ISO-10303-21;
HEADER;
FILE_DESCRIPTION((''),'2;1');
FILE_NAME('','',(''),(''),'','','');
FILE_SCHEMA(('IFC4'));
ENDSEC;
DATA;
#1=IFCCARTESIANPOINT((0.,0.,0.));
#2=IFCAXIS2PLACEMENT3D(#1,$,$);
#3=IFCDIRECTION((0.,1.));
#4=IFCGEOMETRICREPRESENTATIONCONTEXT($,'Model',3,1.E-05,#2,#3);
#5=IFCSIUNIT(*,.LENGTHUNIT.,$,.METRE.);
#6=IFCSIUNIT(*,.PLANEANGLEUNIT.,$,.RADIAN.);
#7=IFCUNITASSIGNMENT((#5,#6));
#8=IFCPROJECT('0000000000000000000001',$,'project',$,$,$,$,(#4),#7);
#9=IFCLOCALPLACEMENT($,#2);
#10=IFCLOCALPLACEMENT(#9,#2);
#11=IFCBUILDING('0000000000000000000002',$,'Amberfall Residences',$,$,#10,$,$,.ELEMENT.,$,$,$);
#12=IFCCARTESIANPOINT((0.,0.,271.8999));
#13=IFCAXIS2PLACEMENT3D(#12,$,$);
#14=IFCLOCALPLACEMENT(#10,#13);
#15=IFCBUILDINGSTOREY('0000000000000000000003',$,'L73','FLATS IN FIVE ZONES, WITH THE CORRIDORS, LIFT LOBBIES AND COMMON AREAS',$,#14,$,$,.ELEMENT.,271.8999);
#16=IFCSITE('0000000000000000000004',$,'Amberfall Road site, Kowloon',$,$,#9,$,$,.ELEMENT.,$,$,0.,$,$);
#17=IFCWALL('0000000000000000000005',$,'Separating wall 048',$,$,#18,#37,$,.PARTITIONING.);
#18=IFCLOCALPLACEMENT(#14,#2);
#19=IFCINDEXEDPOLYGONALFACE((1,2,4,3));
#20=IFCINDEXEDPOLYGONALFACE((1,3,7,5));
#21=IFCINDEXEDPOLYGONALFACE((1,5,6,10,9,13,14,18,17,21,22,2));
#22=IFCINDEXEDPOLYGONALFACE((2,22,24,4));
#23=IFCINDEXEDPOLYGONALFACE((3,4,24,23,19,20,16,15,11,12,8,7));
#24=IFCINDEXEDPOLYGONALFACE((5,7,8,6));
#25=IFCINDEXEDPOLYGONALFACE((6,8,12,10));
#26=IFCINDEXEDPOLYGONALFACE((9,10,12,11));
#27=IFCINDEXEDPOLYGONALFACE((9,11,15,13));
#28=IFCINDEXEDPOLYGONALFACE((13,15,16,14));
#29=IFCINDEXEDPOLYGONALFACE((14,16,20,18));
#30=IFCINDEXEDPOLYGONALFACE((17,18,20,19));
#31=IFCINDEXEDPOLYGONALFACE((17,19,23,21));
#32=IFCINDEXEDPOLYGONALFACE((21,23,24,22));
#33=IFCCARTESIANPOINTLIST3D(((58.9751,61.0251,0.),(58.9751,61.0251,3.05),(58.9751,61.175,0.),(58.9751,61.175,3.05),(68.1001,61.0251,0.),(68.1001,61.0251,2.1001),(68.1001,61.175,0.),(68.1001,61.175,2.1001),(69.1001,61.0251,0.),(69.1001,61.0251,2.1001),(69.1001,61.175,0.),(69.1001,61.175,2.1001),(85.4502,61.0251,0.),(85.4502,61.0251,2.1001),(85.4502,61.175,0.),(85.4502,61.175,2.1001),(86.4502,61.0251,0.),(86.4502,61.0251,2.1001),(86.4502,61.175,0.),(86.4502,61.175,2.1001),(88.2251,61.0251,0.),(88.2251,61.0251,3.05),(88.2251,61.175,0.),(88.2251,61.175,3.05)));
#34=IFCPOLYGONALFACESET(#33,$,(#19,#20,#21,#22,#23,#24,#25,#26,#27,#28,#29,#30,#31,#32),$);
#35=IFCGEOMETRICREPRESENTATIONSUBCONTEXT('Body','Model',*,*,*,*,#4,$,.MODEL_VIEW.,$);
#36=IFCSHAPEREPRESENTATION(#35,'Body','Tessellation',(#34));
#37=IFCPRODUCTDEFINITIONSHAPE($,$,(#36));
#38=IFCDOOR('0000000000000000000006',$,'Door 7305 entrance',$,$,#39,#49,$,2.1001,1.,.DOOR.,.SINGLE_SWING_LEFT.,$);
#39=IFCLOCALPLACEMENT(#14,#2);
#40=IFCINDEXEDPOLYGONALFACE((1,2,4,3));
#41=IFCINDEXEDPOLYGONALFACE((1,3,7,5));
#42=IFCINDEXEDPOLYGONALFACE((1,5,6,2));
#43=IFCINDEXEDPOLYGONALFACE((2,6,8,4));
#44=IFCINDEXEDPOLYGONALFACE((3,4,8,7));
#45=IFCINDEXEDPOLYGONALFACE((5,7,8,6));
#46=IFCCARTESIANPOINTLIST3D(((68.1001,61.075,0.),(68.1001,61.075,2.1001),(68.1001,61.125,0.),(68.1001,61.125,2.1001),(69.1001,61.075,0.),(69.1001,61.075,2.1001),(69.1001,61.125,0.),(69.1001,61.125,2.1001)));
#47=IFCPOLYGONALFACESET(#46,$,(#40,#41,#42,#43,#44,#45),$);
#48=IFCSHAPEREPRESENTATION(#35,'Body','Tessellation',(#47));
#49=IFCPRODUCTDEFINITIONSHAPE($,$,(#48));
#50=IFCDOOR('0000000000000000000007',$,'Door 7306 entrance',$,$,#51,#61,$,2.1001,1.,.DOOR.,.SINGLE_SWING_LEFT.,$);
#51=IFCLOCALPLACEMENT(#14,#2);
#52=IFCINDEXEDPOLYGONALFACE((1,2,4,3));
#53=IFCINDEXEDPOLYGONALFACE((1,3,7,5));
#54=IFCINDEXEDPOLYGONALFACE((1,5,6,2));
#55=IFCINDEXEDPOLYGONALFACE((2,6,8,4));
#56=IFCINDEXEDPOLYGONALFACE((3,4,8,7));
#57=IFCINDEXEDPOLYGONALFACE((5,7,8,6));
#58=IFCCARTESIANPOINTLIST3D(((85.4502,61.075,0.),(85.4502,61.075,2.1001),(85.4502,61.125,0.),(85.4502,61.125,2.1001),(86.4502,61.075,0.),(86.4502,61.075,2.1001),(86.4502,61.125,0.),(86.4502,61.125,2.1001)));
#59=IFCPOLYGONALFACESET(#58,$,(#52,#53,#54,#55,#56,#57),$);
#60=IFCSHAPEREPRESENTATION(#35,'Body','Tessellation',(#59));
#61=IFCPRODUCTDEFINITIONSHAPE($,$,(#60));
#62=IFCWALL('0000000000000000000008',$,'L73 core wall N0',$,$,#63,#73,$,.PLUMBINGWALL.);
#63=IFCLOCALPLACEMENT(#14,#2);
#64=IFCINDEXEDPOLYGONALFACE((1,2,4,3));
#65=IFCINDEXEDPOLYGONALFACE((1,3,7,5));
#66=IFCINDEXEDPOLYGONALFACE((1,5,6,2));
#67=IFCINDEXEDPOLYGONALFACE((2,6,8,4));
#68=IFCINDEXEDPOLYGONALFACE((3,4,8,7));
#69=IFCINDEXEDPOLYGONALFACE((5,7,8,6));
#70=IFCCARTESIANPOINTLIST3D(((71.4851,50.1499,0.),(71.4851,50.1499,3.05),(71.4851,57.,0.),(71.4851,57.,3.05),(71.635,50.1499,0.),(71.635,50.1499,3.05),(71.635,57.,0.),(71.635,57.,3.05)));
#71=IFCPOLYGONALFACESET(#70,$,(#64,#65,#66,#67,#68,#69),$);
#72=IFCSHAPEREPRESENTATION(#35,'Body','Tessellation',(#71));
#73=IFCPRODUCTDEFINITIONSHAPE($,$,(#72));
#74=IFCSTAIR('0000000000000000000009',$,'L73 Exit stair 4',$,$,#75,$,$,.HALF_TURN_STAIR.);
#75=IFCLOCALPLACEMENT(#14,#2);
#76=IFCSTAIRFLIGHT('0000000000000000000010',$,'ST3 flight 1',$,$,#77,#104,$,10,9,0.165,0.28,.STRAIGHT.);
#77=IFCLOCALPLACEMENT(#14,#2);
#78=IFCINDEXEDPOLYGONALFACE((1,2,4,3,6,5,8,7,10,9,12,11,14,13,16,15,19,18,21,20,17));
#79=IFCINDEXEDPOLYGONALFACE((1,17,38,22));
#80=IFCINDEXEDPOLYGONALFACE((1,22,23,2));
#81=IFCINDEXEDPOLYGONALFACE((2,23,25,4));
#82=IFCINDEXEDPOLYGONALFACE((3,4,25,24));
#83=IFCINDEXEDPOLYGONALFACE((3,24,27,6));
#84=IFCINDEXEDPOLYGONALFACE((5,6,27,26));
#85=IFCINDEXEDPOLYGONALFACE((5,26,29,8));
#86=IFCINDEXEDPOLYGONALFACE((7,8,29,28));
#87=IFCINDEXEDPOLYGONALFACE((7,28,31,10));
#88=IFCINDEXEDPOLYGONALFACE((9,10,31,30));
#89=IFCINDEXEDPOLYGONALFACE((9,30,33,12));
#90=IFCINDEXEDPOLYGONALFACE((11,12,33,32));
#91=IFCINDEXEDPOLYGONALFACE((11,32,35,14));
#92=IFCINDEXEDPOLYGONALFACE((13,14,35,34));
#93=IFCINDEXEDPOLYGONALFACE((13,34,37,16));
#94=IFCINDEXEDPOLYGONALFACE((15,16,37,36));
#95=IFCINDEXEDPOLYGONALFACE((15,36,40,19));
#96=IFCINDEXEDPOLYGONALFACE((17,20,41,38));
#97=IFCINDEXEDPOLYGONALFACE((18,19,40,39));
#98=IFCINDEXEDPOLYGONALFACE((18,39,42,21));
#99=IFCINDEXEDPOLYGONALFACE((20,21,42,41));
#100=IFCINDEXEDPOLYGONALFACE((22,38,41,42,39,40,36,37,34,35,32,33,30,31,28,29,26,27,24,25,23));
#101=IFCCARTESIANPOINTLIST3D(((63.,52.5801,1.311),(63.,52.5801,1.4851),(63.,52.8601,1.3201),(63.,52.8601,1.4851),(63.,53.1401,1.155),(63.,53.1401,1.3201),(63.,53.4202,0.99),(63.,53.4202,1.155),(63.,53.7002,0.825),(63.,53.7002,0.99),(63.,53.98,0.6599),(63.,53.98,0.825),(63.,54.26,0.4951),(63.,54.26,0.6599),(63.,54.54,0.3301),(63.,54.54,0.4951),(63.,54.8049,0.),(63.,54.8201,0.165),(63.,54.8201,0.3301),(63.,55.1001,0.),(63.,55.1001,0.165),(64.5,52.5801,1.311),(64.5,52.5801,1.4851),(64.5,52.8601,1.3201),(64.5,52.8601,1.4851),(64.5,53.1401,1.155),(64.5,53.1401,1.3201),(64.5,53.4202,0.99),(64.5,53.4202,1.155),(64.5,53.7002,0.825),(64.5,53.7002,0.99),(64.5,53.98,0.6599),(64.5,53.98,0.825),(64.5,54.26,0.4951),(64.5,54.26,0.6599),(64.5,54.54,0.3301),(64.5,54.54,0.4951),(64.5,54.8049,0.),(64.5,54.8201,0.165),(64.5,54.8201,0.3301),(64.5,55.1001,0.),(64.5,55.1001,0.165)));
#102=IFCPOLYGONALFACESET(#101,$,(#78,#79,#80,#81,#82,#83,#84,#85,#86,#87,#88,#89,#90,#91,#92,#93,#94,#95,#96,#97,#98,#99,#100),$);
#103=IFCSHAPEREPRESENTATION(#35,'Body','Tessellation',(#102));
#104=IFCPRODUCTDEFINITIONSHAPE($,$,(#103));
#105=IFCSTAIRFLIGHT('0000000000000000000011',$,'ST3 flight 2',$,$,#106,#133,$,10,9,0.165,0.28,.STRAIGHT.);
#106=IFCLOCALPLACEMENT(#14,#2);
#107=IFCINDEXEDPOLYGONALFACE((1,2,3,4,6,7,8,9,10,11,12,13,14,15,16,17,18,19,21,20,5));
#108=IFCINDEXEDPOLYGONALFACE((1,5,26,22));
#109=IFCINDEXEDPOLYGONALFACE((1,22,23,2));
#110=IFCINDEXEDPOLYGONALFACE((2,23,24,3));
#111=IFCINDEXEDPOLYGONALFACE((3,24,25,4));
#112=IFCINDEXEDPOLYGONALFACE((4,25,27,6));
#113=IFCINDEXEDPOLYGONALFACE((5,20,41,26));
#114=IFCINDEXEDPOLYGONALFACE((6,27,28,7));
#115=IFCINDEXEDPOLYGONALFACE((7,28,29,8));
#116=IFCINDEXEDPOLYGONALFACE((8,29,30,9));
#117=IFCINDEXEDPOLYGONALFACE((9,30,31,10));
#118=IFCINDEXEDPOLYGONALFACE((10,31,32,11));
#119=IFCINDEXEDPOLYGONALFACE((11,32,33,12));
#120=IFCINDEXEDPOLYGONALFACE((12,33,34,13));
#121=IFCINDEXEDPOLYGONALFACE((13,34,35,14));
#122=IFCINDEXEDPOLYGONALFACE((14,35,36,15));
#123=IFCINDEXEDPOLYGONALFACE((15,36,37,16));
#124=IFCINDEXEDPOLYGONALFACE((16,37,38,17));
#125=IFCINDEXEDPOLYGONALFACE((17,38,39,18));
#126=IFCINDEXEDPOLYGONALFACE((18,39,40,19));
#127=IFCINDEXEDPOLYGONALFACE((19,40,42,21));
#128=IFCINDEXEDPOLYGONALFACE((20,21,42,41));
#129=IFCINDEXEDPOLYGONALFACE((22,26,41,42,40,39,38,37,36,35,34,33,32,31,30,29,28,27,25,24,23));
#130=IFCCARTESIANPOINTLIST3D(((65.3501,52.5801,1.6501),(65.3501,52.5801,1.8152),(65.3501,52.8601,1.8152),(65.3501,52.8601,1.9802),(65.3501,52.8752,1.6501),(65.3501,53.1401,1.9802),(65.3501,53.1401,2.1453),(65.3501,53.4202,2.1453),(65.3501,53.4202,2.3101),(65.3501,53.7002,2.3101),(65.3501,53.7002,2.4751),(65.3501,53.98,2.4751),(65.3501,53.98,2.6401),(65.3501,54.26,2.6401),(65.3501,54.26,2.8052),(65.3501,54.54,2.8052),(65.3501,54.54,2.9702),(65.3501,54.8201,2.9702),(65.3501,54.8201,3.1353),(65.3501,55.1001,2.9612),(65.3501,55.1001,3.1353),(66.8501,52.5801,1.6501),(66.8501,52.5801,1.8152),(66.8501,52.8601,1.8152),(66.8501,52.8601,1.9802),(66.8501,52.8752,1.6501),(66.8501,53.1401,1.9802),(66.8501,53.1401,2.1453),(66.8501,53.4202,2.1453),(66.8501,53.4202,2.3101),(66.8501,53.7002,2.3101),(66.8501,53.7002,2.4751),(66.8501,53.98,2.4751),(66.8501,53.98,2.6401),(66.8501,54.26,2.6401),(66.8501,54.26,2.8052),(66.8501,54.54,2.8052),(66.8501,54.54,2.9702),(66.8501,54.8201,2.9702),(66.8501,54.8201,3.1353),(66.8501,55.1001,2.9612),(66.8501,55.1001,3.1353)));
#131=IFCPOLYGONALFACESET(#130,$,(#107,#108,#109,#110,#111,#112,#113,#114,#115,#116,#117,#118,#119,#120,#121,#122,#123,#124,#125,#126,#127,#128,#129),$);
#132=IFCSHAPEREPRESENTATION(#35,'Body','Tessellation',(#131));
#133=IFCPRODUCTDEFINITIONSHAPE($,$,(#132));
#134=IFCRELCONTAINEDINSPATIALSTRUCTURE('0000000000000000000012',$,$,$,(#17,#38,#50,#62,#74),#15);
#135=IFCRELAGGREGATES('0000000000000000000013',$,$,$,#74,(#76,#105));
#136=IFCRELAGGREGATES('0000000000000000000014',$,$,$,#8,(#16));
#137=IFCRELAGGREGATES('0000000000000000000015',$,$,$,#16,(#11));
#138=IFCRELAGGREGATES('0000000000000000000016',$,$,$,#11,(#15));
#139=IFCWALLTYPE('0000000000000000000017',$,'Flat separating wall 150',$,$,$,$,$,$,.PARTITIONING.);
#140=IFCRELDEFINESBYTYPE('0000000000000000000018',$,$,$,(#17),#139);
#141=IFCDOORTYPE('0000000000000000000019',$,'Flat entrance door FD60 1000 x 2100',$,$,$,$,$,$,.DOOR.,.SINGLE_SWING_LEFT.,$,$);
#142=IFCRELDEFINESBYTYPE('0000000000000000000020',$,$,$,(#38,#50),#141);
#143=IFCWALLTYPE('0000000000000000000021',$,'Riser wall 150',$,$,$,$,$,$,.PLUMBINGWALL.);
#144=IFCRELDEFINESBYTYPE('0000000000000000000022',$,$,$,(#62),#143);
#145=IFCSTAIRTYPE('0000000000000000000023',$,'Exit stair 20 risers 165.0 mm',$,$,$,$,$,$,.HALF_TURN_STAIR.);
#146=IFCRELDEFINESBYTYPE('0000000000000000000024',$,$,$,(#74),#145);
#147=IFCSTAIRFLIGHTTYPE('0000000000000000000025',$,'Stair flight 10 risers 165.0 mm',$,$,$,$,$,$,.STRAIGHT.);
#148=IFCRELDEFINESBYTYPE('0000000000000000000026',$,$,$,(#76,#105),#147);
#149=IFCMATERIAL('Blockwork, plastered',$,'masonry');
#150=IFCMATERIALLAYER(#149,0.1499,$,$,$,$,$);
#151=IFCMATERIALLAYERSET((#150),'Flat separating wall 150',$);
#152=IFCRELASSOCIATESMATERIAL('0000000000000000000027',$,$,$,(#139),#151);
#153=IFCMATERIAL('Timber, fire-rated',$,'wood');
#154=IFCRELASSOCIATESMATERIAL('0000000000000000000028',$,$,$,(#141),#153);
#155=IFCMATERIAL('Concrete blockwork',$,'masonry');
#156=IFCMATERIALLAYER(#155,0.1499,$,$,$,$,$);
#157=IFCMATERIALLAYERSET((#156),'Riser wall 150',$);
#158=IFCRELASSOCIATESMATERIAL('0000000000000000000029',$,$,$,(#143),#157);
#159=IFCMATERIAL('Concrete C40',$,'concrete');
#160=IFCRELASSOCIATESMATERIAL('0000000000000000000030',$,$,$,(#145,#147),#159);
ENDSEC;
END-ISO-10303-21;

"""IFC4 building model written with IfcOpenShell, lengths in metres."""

from ifc_helpers import new_model, si_unit, direction, frame, frame_2d, origin, place, context, subcontext, project, spatial, polyline, rectangle, outline, extrude, material, layer, layer_set, type_object, element, fill, aggregate, save


model = new_model("IFC4")

# Units and contexts
model_context = context("Model", 3, precision=1e-05, world=origin(), true_north=direction((0.0, 1.0)))
body_context = subcontext(model_context, "Body", "Model", "MODEL_VIEW")
ifc_project = project(units=[si_unit("LENGTHUNIT", "METRE"), si_unit("PLANEANGLEUNIT", "RADIAN")], contexts=[model_context])

# Site, building, storey
site_placement = place(None, origin())
site = spatial("IfcSite", under=ifc_project, at=site_placement, Name="Amberfall Road site, Kowloon", CompositionType="ELEMENT", RefElevation=0.0)
building_placement = place(site_placement, origin())
building = spatial("IfcBuilding", under=site, at=building_placement, Name="Amberfall Residences", CompositionType="ELEMENT")
storey_placement = place(building_placement, frame((0.0, 0.0, 271.8999)))
storey = spatial("IfcBuildingStorey", under=building, at=storey_placement, Name="L73", Description="FLATS IN FIVE ZONES, WITH THE CORRIDORS, LIFT LOBBIES AND COMMON AREAS", CompositionType="ELEMENT", Elevation=271.8999)

# Shared definitions
ifc_material_1 = material(Name="Blockwork, plastered", Category="masonry")
ifc_layer_1 = layer(ifc_material_1, 0.1499)
ifc_layer_set_1 = layer_set([ifc_layer_1], Name="Flat separating wall 150")
wall_type_1 = type_object("IfcWallType", Name="Flat separating wall 150", PredefinedType="PARTITIONING", material=ifc_layer_set_1)

# Wall, openings, doors
wall_1_placement = place(storey_placement, frame((58.9751, 61.1001, 0.0), z_axis=(0.0, 0.0, 1.0), x_axis=(1.0, 0.0, 0.0)))
wall_1 = element("IfcWall", 1, at=wall_1_placement, inside=storey, type_object=wall_type_1, Name="Separating wall 048", PredefinedType="PARTITIONING", context=body_context, shape_type="SweptSolid", body=[
    extrude(rectangle(XDim=29.25, YDim=0.1499, at=frame_2d((14.625, 0.0))), origin(), (0.0, 0.0, 1.0), 3.05),
])
opening_1_placement = place(wall_1_placement, frame((9.125, 0.0, 0.0)))
opening_1 = element("IfcOpeningElement", 2, at=opening_1_placement, cuts=wall_1, PredefinedType="OPENING", context=body_context, shape_type="SweptSolid", body=[
    extrude(rectangle(XDim=1.0, YDim=2.1001, at=frame_2d((0.5, 1.05))), frame((0.0, 0.085, 0.0), z_axis=(0.0, -1.0, 0.0), x_axis=(1.0, 0.0, 0.0)), (0.0, 0.0, 1.0), 0.1699),
])
opening_2_placement = place(wall_1_placement, frame((26.4751, 0.0, 0.0)))
opening_2 = element("IfcOpeningElement", 3, at=opening_2_placement, cuts=wall_1, PredefinedType="OPENING", context=body_context, shape_type="SweptSolid", body=[
    extrude(rectangle(XDim=1.0, YDim=2.1001, at=frame_2d((0.5, 1.05))), frame((0.0, 0.085, 0.0), z_axis=(0.0, -1.0, 0.0), x_axis=(1.0, 0.0, 0.0)), (0.0, 0.0, 1.0), 0.1699),
])
ifc_material_2 = material(Name="Timber, fire-rated", Category="wood")
door_type_1 = type_object("IfcDoorType", Name="Flat entrance door FD60 1000 x 2100", OperationType="SINGLE_SWING_LEFT", PredefinedType="DOOR", material=ifc_material_2)
door_1_placement = place(opening_1_placement, origin())
door_1 = element("IfcDoor", 4, at=door_1_placement, inside=storey, type_object=door_type_1, Name="Door 7305 entrance", OperationType="SINGLE_SWING_LEFT", OverallHeight=2.1001, OverallWidth=1.0, PredefinedType="DOOR", context=body_context, shape_type="SweptSolid", body=[
    extrude(rectangle(XDim=1.0, YDim=2.1001, at=frame_2d((0.5, 1.05))), frame((0.0, 0.0249, 0.0), z_axis=(0.0, -1.0, 0.0), x_axis=(1.0, 0.0, 0.0)), (0.0, 0.0, 1.0), 0.05),
])
fill(opening_1, door_1)
door_2_placement = place(opening_2_placement, origin())
door_2 = element("IfcDoor", 5, at=door_2_placement, inside=storey, type_object=door_type_1, Name="Door 7306 entrance", OperationType="SINGLE_SWING_LEFT", OverallHeight=2.1001, OverallWidth=1.0, PredefinedType="DOOR", context=body_context, shape_type="SweptSolid", body=[
    extrude(rectangle(XDim=1.0, YDim=2.1001, at=frame_2d((0.5, 1.05))), frame((0.0, 0.0249, 0.0), z_axis=(0.0, -1.0, 0.0), x_axis=(1.0, 0.0, 0.0)), (0.0, 0.0, 1.0), 0.05),
])
fill(opening_2, door_2)

# Wall
ifc_material_3 = material(Name="Concrete blockwork", Category="masonry")
ifc_layer_2 = layer(ifc_material_3, 0.1499)
ifc_layer_set_2 = layer_set([ifc_layer_2], Name="Riser wall 150")
wall_type_2 = type_object("IfcWallType", Name="Riser wall 150", PredefinedType="PLUMBINGWALL", material=ifc_layer_set_2)
wall_2_placement = place(storey_placement, frame((71.5601, 50.1499, 0.0), z_axis=(0.0, 0.0, 1.0), x_axis=(0.0, 1.0, 0.0)))
element("IfcWall", 6, at=wall_2_placement, inside=storey, type_object=wall_type_2, Name="L73 core wall N0", PredefinedType="PLUMBINGWALL", context=body_context, shape_type="SweptSolid", body=[
    extrude(rectangle(XDim=6.8501, YDim=0.1499, at=frame_2d((3.425, 0.0))), origin(), (0.0, 0.0, 1.0), 3.05),
])

# Stair, stair flights
ifc_material_4 = material(Name="Concrete C40", Category="concrete")
stair_type = type_object("IfcStairType", Name="Exit stair 20 risers 165.0 mm", PredefinedType="HALF_TURN_STAIR", material=ifc_material_4)
stair_placement = place(storey_placement, origin())
stair = element("IfcStair", 7, at=stair_placement, inside=storey, type_object=stair_type, Name="L73 Exit stair 4", PredefinedType="HALF_TURN_STAIR")
stair_flight_type = type_object("IfcStairFlightType", Name="Stair flight 10 risers 165.0 mm", PredefinedType="STRAIGHT", material=ifc_material_4)
stair_flight_1_placement = place(storey_placement, frame((63.75, 55.1001, 0.0), z_axis=(0.0, 0.0, 1.0), x_axis=(0.0, -1.0, 0.0)))
stair_flight_1 = element("IfcStairFlight", 8, at=stair_flight_1_placement, type_object=stair_flight_type, Name="ST3 flight 1", NumberOfRisers=10, NumberOfTreads=9, PredefinedType="STRAIGHT", RiserHeight=0.165, TreadLength=0.28, context=body_context, shape_type="SweptSolid", body=[
    extrude(outline(polyline([(0.0, 0.0), (0.0, 0.165), (0.28, 0.165), (0.28, 0.3301), (0.5601, 0.3301), (0.5601, 0.4951), (0.8401, 0.4951), (0.8401, 0.6599), (1.1201, 0.6599), (1.1201, 0.825), (1.3999, 0.825), (1.3999, 0.99), (1.6799, 0.99), (1.6799, 1.155), (1.96, 1.155), (1.96, 1.3201), (2.24, 1.3201), (2.24, 1.4851), (2.52, 1.4851), (2.52, 1.6499), (2.52, 1.311), (0.2952, 0.0), (0.0, 0.0)])), frame((0.0, 0.75, 0.0), z_axis=(0.0, -1.0, 0.0), x_axis=(1.0, 0.0, 0.0)), (0.0, 0.0, 1.0), 1.5),
])
stair_flight_2_placement = place(storey_placement, frame((66.1001, 52.5801, 1.6501), z_axis=(0.0, 0.0, 1.0), x_axis=(0.0, 1.0, 0.0)))
stair_flight_2 = element("IfcStairFlight", 9, at=stair_flight_2_placement, type_object=stair_flight_type, Name="ST3 flight 2", NumberOfRisers=10, NumberOfTreads=9, PredefinedType="STRAIGHT", RiserHeight=0.165, TreadLength=0.28, context=body_context, shape_type="SweptSolid", body=[
    extrude(outline(polyline([(0.0, 0.0), (0.0, 0.165), (0.28, 0.165), (0.28, 0.3301), (0.5601, 0.3301), (0.5601, 0.4951), (0.8401, 0.4951), (0.8401, 0.6599), (1.1201, 0.6599), (1.1201, 0.825), (1.3999, 0.825), (1.3999, 0.99), (1.6799, 0.99), (1.6799, 1.155), (1.96, 1.155), (1.96, 1.3201), (2.24, 1.3201), (2.24, 1.4851), (2.52, 1.4851), (2.52, 1.6499), (2.52, 1.311), (0.2952, 0.0), (0.0, 0.0)])), frame((0.0, 0.75, 0.0), z_axis=(0.0, -1.0, 0.0), x_axis=(1.0, 0.0, 0.0)), (0.0, 0.0, 1.0), 1.5),
])
aggregate(stair, [stair_flight_1, stair_flight_2])

save(model, "model.ifc")
